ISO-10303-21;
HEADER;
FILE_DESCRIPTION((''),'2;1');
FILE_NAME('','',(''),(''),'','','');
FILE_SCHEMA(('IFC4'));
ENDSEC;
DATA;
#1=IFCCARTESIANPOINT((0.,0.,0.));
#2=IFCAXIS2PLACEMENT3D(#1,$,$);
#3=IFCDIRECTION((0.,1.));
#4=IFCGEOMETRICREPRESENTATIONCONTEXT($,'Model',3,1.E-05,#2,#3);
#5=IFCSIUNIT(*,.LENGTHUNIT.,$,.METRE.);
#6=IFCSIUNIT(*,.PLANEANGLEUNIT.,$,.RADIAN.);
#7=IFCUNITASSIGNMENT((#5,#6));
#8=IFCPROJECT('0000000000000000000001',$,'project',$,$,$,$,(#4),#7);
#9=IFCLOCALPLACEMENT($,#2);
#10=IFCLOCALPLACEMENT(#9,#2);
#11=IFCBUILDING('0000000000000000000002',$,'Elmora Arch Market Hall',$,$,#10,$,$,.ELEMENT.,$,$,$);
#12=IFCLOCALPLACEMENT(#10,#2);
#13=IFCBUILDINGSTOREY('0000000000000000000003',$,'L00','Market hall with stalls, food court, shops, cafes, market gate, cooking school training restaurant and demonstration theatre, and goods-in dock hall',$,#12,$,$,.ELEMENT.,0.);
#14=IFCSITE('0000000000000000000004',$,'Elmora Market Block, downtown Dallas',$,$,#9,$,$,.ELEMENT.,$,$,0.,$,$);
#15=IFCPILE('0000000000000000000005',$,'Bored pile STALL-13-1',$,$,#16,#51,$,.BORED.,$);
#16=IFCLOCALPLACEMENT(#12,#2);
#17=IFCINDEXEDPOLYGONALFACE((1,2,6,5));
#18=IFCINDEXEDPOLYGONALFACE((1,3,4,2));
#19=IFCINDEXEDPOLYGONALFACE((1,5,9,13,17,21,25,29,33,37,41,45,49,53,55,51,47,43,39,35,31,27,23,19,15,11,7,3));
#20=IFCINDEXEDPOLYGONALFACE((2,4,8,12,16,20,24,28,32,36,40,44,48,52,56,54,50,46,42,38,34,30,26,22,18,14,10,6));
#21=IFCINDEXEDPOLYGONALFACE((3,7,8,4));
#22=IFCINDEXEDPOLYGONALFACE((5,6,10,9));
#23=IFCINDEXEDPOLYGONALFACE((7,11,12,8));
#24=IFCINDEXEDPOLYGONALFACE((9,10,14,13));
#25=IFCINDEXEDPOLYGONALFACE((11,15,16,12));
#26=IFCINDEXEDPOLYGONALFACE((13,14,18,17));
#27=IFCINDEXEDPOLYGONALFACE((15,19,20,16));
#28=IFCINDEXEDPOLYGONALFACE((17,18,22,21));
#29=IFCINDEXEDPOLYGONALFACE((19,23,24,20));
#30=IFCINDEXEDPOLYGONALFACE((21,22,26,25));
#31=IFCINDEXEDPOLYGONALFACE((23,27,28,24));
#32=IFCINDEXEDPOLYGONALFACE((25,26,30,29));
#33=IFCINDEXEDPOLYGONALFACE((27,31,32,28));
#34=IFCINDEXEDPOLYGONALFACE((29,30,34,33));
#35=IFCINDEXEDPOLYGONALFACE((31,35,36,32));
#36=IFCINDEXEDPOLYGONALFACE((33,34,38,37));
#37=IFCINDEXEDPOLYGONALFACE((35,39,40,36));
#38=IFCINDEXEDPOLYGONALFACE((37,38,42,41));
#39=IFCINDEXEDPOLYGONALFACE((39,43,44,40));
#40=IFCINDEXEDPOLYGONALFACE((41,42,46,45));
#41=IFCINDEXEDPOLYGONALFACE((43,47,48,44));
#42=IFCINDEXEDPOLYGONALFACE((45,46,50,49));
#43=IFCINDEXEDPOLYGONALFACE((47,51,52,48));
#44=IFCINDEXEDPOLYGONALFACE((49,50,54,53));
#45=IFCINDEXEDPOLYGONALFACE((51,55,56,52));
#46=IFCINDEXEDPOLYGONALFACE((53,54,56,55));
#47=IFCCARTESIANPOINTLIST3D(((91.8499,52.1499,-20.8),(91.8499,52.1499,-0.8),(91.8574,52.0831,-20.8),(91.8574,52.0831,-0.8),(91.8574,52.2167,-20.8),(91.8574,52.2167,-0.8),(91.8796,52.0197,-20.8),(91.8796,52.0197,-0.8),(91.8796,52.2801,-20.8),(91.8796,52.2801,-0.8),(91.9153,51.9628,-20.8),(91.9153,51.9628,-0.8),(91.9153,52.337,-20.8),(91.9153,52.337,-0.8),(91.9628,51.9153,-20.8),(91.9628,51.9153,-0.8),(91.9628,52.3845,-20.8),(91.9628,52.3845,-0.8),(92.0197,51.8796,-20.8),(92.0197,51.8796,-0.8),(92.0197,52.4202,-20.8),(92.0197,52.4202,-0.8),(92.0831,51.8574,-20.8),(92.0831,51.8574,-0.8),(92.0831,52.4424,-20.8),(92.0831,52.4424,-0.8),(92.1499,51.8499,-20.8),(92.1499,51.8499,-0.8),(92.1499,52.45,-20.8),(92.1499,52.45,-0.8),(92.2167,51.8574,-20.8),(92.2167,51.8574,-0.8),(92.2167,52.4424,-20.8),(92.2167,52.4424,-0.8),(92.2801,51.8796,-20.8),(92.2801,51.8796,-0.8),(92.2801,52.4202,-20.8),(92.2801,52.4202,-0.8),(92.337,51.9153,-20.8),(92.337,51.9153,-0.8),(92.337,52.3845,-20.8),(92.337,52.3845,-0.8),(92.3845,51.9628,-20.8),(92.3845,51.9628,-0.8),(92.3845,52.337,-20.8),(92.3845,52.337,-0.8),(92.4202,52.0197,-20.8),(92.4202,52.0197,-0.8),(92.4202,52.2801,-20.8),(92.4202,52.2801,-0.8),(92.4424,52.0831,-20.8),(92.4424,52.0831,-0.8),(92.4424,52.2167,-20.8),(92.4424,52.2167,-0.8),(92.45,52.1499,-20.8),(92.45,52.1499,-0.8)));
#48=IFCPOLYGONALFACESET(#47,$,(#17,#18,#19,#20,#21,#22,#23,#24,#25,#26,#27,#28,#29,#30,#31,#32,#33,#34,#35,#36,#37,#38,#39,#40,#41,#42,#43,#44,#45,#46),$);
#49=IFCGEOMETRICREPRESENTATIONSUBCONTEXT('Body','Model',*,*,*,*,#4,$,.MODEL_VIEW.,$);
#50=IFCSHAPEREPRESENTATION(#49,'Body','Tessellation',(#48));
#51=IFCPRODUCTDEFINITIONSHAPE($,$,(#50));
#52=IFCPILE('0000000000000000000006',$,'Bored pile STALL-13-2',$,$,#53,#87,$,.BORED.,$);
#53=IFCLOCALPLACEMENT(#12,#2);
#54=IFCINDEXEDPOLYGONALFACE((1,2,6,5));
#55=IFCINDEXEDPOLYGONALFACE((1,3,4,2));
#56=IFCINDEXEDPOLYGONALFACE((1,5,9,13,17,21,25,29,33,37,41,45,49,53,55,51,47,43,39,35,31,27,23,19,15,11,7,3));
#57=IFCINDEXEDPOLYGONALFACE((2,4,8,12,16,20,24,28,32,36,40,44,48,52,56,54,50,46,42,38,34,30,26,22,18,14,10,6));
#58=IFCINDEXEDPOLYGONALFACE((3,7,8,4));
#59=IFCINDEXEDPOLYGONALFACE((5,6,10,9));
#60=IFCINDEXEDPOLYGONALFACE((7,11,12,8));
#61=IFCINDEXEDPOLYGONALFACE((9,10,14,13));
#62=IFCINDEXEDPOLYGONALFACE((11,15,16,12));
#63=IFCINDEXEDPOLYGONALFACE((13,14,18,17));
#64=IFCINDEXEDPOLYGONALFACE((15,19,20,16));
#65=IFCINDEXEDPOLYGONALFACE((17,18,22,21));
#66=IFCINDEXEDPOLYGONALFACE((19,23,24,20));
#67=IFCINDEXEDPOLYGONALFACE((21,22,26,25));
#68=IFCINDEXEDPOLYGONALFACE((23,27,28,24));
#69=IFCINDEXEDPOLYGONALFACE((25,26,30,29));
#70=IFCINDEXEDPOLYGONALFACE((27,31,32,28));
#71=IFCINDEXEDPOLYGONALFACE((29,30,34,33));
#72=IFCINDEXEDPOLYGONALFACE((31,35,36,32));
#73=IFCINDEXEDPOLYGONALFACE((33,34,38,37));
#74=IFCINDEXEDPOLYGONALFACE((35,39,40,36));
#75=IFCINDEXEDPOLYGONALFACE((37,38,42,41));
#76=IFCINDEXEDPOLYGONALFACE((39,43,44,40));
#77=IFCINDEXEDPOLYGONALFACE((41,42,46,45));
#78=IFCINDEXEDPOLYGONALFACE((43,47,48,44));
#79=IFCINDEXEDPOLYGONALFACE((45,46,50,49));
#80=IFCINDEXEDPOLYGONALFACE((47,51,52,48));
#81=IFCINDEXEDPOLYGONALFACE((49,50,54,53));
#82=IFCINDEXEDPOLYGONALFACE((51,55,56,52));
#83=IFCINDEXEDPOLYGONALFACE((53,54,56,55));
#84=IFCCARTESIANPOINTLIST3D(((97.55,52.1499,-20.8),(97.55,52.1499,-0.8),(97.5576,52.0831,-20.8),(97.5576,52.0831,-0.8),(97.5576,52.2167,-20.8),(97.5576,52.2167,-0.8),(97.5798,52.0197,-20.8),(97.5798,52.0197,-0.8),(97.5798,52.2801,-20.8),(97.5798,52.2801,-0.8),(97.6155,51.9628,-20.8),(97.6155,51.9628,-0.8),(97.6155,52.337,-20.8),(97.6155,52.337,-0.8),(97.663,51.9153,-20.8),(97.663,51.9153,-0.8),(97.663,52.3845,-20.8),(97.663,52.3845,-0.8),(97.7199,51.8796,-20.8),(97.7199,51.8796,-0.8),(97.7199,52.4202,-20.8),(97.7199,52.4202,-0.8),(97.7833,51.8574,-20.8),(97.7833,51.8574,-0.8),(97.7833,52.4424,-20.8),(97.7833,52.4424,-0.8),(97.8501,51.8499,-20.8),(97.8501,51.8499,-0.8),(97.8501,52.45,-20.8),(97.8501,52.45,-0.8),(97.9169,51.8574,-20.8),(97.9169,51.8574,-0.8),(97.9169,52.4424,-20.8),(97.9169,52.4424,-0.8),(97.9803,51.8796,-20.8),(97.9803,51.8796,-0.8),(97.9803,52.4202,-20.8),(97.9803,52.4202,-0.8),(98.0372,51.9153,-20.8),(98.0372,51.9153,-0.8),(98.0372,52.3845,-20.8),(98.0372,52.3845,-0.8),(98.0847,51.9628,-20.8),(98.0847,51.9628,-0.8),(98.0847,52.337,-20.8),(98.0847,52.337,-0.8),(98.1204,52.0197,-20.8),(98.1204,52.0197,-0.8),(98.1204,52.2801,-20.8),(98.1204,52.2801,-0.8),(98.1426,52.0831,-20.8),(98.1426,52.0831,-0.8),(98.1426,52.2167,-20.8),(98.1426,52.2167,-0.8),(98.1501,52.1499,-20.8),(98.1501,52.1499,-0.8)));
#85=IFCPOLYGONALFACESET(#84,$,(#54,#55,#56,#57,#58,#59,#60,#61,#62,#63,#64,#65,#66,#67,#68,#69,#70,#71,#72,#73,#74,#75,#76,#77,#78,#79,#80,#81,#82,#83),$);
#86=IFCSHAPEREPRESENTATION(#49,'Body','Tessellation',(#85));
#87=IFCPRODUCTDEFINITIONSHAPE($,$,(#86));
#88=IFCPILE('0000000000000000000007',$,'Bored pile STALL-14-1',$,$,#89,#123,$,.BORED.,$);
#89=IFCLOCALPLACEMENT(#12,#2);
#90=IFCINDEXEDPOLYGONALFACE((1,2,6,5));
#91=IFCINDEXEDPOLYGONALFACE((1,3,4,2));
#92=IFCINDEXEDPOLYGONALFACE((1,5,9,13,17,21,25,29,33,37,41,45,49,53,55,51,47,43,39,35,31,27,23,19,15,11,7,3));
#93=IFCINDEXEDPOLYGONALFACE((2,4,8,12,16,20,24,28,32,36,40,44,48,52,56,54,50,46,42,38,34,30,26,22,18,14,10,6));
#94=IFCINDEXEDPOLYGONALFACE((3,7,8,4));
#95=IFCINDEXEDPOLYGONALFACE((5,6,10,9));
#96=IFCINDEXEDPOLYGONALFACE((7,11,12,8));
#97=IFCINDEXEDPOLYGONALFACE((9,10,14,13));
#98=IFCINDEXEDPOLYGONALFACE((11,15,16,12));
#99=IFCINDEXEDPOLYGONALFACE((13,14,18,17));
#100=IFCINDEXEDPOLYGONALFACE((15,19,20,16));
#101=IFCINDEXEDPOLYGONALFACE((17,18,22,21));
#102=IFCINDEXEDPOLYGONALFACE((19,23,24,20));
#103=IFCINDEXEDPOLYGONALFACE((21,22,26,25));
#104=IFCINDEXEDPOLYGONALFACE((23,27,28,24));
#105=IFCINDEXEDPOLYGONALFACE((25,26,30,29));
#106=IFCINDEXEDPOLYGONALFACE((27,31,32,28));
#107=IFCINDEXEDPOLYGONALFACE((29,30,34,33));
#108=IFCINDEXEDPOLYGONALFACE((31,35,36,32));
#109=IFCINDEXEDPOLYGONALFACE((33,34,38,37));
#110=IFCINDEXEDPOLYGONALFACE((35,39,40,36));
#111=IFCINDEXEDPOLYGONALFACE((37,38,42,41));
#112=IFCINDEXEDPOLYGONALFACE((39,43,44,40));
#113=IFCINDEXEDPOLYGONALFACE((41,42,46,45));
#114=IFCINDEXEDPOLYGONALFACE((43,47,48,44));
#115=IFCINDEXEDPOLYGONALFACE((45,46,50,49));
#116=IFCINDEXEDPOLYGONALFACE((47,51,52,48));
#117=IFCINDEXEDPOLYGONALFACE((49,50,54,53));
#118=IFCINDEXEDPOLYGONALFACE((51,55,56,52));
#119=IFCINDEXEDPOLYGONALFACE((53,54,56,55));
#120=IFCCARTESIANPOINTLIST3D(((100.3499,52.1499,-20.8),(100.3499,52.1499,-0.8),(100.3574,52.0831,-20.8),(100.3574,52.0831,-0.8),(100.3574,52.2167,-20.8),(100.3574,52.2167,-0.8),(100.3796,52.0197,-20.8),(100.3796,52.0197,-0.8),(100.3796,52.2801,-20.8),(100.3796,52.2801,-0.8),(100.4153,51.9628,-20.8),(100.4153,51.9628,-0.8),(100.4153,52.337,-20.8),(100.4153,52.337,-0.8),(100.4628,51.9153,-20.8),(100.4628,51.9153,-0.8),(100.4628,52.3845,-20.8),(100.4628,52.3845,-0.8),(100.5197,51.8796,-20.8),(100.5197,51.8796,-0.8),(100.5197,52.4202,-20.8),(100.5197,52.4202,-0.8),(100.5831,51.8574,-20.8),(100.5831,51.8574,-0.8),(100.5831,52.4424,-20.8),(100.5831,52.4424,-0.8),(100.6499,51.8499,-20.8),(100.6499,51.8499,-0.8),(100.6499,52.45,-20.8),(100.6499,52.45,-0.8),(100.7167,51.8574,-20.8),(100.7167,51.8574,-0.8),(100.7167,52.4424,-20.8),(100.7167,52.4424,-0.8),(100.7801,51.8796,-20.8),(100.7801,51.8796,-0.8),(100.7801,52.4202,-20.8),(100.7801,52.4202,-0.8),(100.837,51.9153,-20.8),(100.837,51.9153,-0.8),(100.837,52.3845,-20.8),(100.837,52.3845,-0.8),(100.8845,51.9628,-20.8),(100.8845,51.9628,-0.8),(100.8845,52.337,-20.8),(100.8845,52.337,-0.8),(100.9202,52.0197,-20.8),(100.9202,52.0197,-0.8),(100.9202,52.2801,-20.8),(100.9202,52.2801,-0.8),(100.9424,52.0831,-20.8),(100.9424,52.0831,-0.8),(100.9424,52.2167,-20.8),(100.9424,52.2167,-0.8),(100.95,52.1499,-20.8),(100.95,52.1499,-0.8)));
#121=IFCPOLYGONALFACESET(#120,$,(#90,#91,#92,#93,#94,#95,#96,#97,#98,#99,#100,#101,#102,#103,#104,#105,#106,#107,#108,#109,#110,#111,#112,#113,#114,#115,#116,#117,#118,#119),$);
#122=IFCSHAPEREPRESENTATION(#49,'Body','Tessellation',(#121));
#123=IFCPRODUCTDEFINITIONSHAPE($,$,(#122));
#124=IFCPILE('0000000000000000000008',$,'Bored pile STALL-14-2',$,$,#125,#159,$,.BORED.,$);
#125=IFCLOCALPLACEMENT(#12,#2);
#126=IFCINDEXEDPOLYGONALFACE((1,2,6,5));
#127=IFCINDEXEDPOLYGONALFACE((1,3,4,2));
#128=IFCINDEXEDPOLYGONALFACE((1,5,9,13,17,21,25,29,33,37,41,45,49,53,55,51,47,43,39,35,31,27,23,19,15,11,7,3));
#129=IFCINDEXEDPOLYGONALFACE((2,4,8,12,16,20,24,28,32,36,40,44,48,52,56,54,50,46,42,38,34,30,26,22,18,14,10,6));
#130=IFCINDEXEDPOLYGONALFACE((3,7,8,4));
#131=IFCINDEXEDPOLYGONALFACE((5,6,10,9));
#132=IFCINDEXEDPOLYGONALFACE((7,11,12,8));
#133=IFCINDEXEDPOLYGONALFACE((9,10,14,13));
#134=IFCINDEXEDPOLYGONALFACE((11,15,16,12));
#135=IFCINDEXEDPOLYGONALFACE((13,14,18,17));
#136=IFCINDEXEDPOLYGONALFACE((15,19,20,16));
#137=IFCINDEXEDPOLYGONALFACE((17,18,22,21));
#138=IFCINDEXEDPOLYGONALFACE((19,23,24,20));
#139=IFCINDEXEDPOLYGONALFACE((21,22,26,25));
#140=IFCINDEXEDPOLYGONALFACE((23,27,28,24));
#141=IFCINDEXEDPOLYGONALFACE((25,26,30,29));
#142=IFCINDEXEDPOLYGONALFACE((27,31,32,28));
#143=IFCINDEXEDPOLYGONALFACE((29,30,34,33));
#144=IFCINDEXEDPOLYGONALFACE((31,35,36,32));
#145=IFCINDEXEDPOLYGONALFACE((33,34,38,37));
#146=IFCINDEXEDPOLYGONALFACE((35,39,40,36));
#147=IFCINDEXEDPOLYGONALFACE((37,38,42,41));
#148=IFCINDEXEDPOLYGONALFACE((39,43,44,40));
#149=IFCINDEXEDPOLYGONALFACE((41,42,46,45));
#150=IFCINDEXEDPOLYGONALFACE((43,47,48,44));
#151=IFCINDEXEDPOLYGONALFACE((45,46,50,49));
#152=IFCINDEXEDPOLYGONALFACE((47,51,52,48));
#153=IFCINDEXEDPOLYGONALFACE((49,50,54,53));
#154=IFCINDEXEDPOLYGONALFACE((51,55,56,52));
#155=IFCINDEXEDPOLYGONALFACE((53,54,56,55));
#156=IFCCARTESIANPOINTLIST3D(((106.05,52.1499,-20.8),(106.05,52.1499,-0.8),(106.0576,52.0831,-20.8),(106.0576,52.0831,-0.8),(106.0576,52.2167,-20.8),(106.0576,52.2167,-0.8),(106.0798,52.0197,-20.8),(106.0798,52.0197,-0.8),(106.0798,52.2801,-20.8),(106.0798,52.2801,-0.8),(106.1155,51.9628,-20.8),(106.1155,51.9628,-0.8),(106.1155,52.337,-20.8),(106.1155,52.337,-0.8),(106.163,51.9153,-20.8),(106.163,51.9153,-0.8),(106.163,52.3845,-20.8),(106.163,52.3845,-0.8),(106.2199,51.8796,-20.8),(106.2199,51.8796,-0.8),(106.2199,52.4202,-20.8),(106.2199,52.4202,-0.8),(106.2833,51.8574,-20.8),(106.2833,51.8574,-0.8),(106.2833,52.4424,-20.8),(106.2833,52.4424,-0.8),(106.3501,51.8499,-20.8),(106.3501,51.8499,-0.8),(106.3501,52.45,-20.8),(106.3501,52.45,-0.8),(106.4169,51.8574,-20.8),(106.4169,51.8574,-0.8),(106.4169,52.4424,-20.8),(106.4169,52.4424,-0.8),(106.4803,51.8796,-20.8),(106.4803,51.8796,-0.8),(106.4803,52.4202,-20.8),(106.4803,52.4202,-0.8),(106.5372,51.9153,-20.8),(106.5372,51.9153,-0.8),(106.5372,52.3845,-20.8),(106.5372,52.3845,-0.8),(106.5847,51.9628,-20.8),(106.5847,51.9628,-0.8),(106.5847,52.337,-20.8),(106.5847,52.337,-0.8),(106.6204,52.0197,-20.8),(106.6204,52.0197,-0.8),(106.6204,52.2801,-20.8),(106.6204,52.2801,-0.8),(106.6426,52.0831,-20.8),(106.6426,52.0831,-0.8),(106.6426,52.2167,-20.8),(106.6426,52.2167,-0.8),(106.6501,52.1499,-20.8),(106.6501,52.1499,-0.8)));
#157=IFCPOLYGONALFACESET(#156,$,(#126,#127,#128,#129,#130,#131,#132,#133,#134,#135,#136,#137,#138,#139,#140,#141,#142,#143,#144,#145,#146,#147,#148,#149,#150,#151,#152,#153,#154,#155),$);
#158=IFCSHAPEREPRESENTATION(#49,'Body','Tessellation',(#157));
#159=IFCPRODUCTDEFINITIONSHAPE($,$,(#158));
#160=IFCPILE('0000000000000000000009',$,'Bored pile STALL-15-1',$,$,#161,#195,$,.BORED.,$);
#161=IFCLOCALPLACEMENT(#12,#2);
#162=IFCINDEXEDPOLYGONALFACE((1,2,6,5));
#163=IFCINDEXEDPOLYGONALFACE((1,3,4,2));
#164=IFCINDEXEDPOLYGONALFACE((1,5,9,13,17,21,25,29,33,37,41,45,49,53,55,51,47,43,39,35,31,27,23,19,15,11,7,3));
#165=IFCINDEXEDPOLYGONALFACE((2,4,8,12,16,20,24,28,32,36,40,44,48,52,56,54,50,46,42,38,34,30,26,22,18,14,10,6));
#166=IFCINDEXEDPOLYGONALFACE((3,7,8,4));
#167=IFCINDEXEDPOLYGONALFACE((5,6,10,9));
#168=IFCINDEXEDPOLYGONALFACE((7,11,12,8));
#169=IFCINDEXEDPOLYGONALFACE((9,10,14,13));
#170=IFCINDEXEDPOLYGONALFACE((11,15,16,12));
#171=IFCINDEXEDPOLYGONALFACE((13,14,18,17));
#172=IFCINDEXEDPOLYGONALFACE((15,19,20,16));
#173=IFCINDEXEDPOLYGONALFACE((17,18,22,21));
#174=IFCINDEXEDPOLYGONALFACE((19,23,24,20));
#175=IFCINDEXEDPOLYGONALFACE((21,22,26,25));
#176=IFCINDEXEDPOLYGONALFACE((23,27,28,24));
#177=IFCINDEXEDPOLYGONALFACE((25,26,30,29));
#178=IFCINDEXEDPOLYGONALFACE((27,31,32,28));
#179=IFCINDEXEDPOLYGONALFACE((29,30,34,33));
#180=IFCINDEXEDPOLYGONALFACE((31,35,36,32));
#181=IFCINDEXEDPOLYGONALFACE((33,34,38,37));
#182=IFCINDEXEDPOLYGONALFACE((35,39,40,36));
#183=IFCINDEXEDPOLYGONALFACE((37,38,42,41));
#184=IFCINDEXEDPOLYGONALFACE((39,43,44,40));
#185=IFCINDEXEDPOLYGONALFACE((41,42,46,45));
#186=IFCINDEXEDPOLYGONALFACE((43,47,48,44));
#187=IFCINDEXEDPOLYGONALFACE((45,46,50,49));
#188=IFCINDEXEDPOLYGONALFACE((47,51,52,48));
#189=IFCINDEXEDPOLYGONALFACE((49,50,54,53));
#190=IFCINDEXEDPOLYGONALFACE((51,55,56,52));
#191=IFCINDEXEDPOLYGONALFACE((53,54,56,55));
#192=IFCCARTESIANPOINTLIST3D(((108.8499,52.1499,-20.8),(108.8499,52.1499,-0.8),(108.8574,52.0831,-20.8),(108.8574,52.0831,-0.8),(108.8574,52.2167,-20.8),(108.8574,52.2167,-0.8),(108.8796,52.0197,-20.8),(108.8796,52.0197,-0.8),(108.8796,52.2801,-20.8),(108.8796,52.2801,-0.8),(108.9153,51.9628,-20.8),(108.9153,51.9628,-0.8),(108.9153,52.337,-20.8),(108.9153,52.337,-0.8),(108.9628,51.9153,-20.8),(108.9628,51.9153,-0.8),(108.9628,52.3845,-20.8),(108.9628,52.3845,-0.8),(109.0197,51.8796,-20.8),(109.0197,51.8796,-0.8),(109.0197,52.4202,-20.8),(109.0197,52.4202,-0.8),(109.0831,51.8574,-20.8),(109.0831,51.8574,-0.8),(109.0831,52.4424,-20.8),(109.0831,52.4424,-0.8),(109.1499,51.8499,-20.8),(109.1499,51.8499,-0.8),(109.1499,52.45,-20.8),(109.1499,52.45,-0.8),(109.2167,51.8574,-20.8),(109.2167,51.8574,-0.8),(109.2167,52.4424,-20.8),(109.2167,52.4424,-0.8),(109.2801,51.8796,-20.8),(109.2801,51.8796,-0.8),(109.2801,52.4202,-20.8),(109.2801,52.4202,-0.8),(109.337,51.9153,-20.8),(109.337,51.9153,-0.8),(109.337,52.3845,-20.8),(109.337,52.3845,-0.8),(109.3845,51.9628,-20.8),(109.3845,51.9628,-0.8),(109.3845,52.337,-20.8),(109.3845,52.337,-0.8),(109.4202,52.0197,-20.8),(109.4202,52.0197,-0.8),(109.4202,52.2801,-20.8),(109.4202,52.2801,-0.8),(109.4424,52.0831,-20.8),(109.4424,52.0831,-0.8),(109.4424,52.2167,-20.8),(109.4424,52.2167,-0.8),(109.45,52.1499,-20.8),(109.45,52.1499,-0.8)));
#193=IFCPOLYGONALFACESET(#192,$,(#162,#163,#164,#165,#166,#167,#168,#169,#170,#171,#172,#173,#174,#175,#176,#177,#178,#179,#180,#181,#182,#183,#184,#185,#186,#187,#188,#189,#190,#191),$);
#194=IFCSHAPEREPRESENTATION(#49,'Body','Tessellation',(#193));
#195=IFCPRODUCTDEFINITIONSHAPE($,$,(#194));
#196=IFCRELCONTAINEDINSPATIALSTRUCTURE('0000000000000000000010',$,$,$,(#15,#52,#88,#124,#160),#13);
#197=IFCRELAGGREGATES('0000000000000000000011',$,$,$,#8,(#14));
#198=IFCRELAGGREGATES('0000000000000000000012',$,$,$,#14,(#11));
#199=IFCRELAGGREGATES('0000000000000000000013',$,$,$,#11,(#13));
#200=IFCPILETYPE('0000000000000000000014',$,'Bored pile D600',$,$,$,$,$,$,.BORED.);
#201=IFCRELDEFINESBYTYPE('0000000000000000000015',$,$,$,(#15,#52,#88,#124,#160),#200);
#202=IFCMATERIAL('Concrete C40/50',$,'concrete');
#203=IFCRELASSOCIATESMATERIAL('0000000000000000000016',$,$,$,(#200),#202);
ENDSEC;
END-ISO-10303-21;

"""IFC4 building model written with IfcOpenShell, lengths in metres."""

from ifc_helpers import new_model, si_unit, direction, frame, origin, origin_2d, place, context, subcontext, project, spatial, circle, extrude, material, material_profile, profile_set, type_object, element, save


model = new_model("IFC4")

# Units and contexts
model_context = context("Model", 3, precision=1e-05, world=origin(), true_north=direction((0.0, 1.0)))
body_context = subcontext(model_context, "Body", "Model", "MODEL_VIEW")
ifc_project = project(units=[si_unit("LENGTHUNIT", "METRE"), si_unit("PLANEANGLEUNIT", "RADIAN")], contexts=[model_context])

# Site, building, storey
site_placement = place(None, origin())
site = spatial("IfcSite", under=ifc_project, at=site_placement, Name="Elmora Market Block, downtown Dallas", CompositionType="ELEMENT", RefElevation=0.0)
building_placement = place(site_placement, origin())
building = spatial("IfcBuilding", under=site, at=building_placement, Name="Elmora Arch Market Hall", CompositionType="ELEMENT")
storey_placement = place(building_placement, origin())
storey = spatial("IfcBuildingStorey", under=building, at=storey_placement, Name="L00", Description="Market hall with stalls, food court, shops, cafes, market gate, cooking school training restaurant and demonstration theatre, and goods-in dock hall", CompositionType="ELEMENT", Elevation=0.0)

# Piles
ifc_material_1 = material(Name="Concrete C40/50", Category="concrete")
ifc_material_profile_1 = material_profile(ifc_material_1, circle(Radius=0.3, at=origin_2d()), Name="Bored pile D600")
ifc_profile_set_1 = profile_set([ifc_material_profile_1], Name="Concrete C40/50")
pile_type = type_object("IfcPileType", Name="Bored pile D600", PredefinedType="BORED", material=ifc_profile_set_1)
for number, where, z_axis, x_axis, name in (
    (1, (92.1499, 52.1499, -0.8), (0.0, 0.0, -1.0), (1.0, 0.0, 0.0), "Bored pile STALL-13-1"),
    (2, (97.8501, 52.1499, -0.8), (0.0, 0.0, -1.0), (1.0, 0.0, 0.0), "Bored pile STALL-13-2"),
    (3, (100.6499, 52.1499, -0.8), (0.0, 0.0, -1.0), (1.0, 0.0, 0.0), "Bored pile STALL-14-1"),
    (4, (106.3501, 52.1499, -0.8), (0.0, 0.0, -1.0), (1.0, 0.0, 0.0), "Bored pile STALL-14-2"),
    (5, (109.1499, 52.1499, -0.8), (0.0, 0.0, -1.0), (1.0, 0.0, 0.0), "Bored pile STALL-15-1"),
):
    element("IfcPile", number, at=place(storey_placement, frame(where, z_axis=z_axis, x_axis=x_axis)), inside=storey, type_object=pile_type, Name=name, PredefinedType="BORED", context=body_context, shape_type="SweptSolid", body=[
        extrude(circle(Radius=0.3, at=origin_2d()), origin(), (0.0, 0.0, 1.0), 20.0),
    ])

save(model, "model.ifc")
